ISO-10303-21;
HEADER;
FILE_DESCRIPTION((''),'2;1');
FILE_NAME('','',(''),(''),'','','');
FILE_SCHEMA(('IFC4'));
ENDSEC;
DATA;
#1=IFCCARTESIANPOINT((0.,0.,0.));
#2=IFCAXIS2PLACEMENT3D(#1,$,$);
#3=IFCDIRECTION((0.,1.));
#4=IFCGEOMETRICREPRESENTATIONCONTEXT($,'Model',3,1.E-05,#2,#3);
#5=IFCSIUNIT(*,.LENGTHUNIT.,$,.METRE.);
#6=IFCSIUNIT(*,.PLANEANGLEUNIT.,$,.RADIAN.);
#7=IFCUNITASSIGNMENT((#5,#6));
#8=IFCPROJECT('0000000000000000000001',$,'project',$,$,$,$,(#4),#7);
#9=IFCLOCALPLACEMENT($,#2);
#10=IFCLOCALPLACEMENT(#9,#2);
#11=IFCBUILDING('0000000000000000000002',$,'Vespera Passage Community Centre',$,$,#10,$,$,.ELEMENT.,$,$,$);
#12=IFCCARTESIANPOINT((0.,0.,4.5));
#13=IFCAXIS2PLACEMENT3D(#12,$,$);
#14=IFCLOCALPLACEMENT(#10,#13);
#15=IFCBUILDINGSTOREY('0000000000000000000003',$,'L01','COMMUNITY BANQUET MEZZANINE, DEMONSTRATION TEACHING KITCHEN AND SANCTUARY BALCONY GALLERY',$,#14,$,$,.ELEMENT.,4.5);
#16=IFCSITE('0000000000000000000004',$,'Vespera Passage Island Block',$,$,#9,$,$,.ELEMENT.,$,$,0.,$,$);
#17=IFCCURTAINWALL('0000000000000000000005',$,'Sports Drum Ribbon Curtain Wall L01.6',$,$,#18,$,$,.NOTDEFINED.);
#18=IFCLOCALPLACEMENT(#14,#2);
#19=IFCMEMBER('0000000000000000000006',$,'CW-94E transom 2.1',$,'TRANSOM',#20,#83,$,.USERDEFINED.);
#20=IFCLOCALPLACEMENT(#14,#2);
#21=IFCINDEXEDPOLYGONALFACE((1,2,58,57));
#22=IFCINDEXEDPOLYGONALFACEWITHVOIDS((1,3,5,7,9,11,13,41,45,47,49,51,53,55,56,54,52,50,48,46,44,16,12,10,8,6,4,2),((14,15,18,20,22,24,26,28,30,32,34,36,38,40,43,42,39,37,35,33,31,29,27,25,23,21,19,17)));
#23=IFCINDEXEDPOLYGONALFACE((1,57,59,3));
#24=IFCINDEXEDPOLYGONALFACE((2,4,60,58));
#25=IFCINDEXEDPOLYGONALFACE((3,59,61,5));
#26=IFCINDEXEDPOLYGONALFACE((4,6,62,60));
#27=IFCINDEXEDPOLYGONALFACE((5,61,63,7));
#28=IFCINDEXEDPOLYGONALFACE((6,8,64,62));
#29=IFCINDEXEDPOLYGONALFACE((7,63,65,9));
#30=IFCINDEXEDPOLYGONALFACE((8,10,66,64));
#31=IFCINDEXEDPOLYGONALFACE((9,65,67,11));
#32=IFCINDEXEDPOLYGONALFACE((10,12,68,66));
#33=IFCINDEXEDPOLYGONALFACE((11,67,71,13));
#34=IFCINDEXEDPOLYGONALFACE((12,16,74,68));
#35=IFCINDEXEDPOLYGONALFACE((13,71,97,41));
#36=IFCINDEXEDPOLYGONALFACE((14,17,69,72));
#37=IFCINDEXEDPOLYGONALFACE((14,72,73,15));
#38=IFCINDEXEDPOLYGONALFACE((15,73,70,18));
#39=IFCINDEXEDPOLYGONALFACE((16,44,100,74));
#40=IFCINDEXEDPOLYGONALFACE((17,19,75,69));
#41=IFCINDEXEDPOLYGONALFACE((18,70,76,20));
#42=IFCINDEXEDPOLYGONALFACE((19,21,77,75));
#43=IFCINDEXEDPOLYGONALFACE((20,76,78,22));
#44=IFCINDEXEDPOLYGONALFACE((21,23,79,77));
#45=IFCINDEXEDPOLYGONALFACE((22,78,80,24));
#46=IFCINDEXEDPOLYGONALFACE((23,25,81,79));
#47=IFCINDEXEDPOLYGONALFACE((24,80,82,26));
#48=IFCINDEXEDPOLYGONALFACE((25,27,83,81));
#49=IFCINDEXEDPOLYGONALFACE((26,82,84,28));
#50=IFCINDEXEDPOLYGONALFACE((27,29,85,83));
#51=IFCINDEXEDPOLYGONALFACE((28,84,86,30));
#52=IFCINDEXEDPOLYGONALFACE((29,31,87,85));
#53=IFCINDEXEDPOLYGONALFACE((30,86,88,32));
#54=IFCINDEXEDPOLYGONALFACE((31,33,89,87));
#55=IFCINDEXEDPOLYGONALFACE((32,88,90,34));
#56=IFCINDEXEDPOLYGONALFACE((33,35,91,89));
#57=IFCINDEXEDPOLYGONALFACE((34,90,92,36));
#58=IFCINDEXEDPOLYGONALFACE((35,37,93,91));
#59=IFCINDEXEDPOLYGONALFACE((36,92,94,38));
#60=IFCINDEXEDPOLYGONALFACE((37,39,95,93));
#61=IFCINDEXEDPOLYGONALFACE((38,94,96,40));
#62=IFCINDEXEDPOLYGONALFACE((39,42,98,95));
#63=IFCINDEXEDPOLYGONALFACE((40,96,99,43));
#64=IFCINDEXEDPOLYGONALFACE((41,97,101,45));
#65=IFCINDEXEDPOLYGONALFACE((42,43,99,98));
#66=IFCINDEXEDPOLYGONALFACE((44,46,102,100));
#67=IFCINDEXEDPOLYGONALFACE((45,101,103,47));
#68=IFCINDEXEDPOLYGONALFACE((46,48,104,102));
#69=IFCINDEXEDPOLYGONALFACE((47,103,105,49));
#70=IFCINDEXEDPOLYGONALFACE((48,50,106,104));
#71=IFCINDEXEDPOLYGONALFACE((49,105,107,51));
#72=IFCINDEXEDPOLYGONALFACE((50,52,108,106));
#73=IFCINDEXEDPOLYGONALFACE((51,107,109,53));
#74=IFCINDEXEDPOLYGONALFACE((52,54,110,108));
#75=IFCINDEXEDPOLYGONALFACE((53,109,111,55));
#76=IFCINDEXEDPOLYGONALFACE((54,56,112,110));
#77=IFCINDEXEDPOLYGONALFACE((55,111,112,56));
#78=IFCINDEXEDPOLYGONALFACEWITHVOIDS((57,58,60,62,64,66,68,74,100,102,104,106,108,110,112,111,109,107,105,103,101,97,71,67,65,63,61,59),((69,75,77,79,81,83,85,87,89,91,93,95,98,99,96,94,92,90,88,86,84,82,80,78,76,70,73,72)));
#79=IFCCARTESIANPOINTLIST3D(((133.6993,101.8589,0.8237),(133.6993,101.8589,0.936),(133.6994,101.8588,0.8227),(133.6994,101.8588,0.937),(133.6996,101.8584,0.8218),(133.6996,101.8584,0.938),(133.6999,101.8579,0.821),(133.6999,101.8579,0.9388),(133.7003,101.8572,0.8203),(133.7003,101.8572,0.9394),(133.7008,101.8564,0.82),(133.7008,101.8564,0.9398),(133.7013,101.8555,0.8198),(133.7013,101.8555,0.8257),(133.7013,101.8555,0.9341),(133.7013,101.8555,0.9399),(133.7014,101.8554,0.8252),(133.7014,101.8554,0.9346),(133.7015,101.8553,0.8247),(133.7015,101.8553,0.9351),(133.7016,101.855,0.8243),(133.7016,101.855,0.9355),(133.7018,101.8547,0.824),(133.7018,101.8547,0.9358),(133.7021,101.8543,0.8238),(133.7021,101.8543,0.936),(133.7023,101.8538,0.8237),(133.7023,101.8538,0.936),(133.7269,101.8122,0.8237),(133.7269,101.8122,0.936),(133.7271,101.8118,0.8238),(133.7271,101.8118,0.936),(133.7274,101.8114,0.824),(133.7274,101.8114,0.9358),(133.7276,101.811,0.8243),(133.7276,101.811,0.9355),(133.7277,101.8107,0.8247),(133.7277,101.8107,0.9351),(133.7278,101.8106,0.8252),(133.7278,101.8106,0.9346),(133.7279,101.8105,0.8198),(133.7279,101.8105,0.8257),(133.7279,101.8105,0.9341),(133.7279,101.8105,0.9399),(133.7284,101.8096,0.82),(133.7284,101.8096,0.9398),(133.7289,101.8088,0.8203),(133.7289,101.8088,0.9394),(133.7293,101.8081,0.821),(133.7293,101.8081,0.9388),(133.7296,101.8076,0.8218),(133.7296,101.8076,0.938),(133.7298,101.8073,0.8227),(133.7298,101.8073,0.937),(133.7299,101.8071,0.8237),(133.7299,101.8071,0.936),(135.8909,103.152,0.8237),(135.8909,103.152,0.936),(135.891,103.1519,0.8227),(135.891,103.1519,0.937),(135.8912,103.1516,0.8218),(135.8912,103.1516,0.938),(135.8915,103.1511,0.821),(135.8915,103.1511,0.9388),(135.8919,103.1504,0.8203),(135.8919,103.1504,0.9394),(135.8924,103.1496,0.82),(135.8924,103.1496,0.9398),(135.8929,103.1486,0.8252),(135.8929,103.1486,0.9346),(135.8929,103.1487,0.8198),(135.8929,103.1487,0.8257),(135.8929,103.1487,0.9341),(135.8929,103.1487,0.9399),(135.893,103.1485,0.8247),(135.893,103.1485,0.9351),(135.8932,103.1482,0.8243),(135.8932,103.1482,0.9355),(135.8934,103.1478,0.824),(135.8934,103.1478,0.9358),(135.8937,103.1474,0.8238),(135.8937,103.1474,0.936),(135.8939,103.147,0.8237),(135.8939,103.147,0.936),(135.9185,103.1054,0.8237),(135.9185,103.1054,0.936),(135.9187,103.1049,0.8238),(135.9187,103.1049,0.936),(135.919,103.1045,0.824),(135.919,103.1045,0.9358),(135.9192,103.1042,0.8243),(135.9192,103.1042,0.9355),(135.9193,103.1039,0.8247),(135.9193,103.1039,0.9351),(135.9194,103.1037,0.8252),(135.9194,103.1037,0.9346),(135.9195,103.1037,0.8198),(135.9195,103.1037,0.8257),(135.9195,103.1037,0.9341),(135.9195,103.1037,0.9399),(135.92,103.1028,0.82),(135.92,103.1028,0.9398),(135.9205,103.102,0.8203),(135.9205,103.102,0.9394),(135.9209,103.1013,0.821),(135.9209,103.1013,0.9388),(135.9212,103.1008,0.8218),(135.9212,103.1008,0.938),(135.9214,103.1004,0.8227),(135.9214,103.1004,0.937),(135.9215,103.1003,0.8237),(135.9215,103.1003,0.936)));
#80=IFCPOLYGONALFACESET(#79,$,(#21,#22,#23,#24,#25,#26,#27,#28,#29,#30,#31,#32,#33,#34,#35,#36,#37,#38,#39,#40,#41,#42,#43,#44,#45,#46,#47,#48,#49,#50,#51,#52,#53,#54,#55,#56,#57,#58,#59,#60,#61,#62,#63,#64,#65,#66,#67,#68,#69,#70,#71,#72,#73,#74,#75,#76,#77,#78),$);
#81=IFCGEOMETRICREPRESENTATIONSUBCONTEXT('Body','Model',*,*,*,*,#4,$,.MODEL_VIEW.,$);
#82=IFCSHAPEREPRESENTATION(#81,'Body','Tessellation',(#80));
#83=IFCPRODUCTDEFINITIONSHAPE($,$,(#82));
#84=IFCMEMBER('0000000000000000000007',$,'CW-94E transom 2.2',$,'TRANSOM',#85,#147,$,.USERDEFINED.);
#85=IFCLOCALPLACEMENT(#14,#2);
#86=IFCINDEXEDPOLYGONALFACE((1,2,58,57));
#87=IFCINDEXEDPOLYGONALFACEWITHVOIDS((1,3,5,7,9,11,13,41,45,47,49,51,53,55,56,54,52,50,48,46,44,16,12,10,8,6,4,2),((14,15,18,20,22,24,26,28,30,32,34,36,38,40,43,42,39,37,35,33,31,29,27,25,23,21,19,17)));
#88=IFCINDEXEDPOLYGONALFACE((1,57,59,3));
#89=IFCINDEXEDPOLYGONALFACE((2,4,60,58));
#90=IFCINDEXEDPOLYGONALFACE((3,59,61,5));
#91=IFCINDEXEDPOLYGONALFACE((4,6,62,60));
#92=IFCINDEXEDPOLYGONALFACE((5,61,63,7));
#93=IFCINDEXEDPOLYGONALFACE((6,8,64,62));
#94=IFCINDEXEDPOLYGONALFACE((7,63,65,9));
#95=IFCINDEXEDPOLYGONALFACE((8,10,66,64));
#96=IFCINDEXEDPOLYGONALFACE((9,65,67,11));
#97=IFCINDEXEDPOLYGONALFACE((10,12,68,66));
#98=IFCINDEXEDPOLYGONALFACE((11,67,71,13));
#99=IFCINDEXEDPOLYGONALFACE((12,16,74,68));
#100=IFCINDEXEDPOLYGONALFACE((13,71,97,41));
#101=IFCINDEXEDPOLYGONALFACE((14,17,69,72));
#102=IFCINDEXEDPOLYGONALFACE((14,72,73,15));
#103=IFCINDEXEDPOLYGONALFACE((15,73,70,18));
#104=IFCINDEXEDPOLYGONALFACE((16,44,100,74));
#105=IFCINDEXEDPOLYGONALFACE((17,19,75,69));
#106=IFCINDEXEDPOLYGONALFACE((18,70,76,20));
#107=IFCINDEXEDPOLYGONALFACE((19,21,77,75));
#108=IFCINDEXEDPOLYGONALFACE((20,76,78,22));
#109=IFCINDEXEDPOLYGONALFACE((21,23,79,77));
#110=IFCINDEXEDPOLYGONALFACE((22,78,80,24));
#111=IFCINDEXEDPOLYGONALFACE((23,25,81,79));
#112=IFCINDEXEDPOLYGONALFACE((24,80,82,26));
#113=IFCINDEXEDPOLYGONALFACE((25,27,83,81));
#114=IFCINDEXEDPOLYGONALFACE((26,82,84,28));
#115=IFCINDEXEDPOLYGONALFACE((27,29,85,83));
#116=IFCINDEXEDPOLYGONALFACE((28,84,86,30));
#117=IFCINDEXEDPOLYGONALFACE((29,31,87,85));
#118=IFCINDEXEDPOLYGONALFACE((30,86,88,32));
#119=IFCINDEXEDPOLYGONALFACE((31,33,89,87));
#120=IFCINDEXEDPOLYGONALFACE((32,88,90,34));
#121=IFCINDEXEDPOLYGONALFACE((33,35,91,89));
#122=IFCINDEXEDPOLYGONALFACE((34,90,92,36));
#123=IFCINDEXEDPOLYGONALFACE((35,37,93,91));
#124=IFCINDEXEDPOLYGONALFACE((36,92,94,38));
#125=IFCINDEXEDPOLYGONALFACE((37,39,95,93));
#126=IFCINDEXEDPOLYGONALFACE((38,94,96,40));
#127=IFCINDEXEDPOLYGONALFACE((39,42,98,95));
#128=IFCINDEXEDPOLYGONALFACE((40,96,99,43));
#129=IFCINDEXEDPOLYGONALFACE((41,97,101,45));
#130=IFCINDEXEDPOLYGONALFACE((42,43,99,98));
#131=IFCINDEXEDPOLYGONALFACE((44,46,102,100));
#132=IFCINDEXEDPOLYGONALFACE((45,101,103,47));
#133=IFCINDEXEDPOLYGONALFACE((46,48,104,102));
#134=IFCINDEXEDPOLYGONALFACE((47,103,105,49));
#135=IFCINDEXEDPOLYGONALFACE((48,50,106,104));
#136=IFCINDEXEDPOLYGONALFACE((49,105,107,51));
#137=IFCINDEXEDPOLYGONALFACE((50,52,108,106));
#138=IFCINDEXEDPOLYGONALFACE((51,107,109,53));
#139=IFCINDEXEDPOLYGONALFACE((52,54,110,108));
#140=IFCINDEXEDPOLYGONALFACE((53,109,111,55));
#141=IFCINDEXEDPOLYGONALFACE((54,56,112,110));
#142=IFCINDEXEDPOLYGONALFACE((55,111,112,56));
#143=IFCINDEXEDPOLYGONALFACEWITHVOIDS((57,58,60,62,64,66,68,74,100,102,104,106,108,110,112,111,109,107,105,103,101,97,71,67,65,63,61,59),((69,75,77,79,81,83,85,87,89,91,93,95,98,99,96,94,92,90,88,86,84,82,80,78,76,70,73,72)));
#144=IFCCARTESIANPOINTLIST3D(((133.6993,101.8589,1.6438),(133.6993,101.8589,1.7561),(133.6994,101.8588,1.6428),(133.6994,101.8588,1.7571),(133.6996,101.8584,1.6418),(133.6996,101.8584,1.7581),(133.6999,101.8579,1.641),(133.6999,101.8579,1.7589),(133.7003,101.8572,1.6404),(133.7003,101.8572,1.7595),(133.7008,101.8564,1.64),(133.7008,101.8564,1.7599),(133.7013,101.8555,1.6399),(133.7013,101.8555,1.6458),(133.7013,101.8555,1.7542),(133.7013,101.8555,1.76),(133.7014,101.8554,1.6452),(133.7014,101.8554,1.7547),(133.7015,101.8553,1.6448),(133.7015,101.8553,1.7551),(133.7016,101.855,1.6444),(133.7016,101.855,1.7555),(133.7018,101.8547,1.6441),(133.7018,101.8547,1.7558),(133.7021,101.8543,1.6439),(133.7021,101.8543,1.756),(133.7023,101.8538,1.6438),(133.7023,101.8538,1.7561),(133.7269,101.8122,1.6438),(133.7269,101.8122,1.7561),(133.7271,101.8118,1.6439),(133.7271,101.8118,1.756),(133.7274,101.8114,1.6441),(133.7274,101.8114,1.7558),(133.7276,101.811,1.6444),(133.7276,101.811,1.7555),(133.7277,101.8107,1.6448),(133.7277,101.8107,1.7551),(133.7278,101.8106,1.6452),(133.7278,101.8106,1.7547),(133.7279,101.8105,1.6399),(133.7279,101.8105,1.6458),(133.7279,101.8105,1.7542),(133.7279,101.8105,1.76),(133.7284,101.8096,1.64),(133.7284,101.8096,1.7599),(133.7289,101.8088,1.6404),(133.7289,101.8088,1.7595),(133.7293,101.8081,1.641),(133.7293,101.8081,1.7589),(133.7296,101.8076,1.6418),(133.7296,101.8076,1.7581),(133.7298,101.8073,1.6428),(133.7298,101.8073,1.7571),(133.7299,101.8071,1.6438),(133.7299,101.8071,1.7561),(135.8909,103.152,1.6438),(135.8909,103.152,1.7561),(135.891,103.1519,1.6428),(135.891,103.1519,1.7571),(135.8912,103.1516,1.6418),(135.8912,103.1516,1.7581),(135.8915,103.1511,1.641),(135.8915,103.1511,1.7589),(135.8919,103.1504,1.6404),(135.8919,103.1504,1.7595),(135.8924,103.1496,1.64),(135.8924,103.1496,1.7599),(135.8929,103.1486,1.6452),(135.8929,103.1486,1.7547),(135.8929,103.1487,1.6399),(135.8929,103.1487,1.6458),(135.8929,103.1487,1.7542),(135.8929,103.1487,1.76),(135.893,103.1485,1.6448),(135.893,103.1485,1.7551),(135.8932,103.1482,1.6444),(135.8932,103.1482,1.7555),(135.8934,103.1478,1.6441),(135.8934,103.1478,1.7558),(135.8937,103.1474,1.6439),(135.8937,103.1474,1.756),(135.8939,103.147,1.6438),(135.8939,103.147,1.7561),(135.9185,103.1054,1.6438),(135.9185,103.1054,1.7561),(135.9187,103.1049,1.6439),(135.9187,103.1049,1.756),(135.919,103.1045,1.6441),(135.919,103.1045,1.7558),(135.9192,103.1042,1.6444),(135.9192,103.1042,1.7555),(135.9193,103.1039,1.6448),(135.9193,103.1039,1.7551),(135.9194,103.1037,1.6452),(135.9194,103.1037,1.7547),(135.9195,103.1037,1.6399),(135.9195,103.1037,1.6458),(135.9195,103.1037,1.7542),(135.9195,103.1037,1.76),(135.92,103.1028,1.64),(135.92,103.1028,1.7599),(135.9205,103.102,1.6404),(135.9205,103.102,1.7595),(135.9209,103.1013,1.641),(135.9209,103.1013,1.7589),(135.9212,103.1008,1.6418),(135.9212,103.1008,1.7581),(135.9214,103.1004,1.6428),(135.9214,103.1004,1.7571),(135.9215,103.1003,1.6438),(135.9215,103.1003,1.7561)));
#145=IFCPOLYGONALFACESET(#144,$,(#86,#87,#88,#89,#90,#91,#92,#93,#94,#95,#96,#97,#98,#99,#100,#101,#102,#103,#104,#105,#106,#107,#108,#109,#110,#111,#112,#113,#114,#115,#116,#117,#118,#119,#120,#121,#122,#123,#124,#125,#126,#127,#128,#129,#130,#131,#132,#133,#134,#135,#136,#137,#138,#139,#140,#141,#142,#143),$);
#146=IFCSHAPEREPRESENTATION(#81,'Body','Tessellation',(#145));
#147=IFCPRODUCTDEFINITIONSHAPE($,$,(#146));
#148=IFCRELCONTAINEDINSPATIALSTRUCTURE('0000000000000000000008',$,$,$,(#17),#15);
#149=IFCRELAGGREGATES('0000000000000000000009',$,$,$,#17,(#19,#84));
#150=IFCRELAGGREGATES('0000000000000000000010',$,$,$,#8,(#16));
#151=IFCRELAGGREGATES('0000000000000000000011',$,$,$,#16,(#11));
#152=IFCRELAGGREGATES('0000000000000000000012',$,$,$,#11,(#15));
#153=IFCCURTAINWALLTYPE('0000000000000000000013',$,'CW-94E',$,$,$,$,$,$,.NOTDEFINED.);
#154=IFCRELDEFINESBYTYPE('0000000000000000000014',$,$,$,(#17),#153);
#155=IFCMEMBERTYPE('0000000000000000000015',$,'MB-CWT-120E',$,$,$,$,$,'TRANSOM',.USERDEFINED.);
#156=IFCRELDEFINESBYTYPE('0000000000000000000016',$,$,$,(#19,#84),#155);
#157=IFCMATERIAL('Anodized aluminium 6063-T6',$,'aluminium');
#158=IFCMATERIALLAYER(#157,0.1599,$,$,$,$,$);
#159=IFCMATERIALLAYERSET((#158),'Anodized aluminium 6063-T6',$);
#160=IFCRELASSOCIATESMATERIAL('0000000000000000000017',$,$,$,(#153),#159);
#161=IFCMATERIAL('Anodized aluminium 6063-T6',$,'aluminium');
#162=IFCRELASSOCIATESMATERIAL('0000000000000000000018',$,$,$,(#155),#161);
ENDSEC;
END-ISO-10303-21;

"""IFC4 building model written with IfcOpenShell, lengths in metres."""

from ifc_helpers import new_model, si_unit, direction, frame, origin, origin_2d, place, context, subcontext, project, spatial, hollow_rectangle, extrude, material, layer, layer_set, material_profile, profile_set, type_object, element, aggregate, save


model = new_model("IFC4")

# Units and contexts
model_context = context("Model", 3, precision=1e-05, world=origin(), true_north=direction((0.0, 1.0)))
body_context = subcontext(model_context, "Body", "Model", "MODEL_VIEW")
ifc_project = project(units=[si_unit("LENGTHUNIT", "METRE"), si_unit("PLANEANGLEUNIT", "RADIAN")], contexts=[model_context])

# Site, building, storey
site_placement = place(None, origin())
site = spatial("IfcSite", under=ifc_project, at=site_placement, Name="Vespera Passage Island Block", CompositionType="ELEMENT", RefElevation=0.0)
building_placement = place(site_placement, origin())
building = spatial("IfcBuilding", under=site, at=building_placement, Name="Vespera Passage Community Centre", CompositionType="ELEMENT")
storey_placement = place(building_placement, frame((0.0, 0.0, 4.5)))
storey = spatial("IfcBuildingStorey", under=building, at=storey_placement, Name="L01", Description="COMMUNITY BANQUET MEZZANINE, DEMONSTRATION TEACHING KITCHEN AND SANCTUARY BALCONY GALLERY", CompositionType="ELEMENT", Elevation=4.5)

# Curtain wall
ifc_material_1 = material(Name="Anodized aluminium 6063-T6", Category="aluminium")
ifc_layer_1 = layer(ifc_material_1, 0.1599)
ifc_layer_set_1 = layer_set([ifc_layer_1], Name="Anodized aluminium 6063-T6")
curtain_wall_type = type_object("IfcCurtainWallType", Name="CW-94E", PredefinedType="NOTDEFINED", material=ifc_layer_set_1)
curtain_wall_1_placement = place(storey_placement, origin())
curtain_wall_1 = element("IfcCurtainWall", 1, at=curtain_wall_1_placement, inside=storey, type_object=curtain_wall_type, Name="Sports Drum Ribbon Curtain Wall L01.6", PredefinedType="NOTDEFINED")

# Members
ifc_material_2 = material(Name="Anodized aluminium 6063-T6", Category="aluminium")
ifc_material_profile_1 = material_profile(ifc_material_2, hollow_rectangle(XDim=0.0601, YDim=0.1201, WallThickness=0.0039, InnerFilletRadius=0.002, OuterFilletRadius=0.0039, at=origin_2d()), Name="ALU120X60X4")
ifc_profile_set_1 = profile_set([ifc_material_profile_1], Name="Anodized aluminium 6063-T6")
member_type_1 = type_object("IfcMemberType", Name="MB-CWT-120E", ElementType="TRANSOM", PredefinedType="USERDEFINED", material=ifc_profile_set_1)
member_1_placement = place(storey_placement, frame((133.7146, 101.833, 0.8799), z_axis=(0.861245, 0.508189, 0.0), x_axis=(-0.508189, 0.861245, 0.0)))
member_1 = element("IfcMember", 2, at=member_1_placement, type_object=member_type_1, Name="CW-94E transom 2.1", ObjectType="TRANSOM", PredefinedType="USERDEFINED", context=body_context, shape_type="SweptSolid", body=[
    extrude(hollow_rectangle(XDim=0.0601, YDim=0.1201, WallThickness=0.0039, InnerFilletRadius=0.002, OuterFilletRadius=0.0039, at=origin_2d()), origin(), (0.0, 0.0, 1.0), 2.5447),
])
member_2_placement = place(storey_placement, frame((133.7146, 101.833, 1.7), z_axis=(0.861245, 0.508189, 0.0), x_axis=(-0.508189, 0.861245, 0.0)))
member_2 = element("IfcMember", 3, at=member_2_placement, type_object=member_type_1, Name="CW-94E transom 2.2", ObjectType="TRANSOM", PredefinedType="USERDEFINED", context=body_context, shape_type="SweptSolid", body=[
    extrude(hollow_rectangle(XDim=0.0601, YDim=0.1201, WallThickness=0.0039, InnerFilletRadius=0.002, OuterFilletRadius=0.0039, at=origin_2d()), origin(), (0.0, 0.0, 1.0), 2.5447),
])

aggregate(curtain_wall_1, [member_1, member_2])

save(model, "model.ifc")
